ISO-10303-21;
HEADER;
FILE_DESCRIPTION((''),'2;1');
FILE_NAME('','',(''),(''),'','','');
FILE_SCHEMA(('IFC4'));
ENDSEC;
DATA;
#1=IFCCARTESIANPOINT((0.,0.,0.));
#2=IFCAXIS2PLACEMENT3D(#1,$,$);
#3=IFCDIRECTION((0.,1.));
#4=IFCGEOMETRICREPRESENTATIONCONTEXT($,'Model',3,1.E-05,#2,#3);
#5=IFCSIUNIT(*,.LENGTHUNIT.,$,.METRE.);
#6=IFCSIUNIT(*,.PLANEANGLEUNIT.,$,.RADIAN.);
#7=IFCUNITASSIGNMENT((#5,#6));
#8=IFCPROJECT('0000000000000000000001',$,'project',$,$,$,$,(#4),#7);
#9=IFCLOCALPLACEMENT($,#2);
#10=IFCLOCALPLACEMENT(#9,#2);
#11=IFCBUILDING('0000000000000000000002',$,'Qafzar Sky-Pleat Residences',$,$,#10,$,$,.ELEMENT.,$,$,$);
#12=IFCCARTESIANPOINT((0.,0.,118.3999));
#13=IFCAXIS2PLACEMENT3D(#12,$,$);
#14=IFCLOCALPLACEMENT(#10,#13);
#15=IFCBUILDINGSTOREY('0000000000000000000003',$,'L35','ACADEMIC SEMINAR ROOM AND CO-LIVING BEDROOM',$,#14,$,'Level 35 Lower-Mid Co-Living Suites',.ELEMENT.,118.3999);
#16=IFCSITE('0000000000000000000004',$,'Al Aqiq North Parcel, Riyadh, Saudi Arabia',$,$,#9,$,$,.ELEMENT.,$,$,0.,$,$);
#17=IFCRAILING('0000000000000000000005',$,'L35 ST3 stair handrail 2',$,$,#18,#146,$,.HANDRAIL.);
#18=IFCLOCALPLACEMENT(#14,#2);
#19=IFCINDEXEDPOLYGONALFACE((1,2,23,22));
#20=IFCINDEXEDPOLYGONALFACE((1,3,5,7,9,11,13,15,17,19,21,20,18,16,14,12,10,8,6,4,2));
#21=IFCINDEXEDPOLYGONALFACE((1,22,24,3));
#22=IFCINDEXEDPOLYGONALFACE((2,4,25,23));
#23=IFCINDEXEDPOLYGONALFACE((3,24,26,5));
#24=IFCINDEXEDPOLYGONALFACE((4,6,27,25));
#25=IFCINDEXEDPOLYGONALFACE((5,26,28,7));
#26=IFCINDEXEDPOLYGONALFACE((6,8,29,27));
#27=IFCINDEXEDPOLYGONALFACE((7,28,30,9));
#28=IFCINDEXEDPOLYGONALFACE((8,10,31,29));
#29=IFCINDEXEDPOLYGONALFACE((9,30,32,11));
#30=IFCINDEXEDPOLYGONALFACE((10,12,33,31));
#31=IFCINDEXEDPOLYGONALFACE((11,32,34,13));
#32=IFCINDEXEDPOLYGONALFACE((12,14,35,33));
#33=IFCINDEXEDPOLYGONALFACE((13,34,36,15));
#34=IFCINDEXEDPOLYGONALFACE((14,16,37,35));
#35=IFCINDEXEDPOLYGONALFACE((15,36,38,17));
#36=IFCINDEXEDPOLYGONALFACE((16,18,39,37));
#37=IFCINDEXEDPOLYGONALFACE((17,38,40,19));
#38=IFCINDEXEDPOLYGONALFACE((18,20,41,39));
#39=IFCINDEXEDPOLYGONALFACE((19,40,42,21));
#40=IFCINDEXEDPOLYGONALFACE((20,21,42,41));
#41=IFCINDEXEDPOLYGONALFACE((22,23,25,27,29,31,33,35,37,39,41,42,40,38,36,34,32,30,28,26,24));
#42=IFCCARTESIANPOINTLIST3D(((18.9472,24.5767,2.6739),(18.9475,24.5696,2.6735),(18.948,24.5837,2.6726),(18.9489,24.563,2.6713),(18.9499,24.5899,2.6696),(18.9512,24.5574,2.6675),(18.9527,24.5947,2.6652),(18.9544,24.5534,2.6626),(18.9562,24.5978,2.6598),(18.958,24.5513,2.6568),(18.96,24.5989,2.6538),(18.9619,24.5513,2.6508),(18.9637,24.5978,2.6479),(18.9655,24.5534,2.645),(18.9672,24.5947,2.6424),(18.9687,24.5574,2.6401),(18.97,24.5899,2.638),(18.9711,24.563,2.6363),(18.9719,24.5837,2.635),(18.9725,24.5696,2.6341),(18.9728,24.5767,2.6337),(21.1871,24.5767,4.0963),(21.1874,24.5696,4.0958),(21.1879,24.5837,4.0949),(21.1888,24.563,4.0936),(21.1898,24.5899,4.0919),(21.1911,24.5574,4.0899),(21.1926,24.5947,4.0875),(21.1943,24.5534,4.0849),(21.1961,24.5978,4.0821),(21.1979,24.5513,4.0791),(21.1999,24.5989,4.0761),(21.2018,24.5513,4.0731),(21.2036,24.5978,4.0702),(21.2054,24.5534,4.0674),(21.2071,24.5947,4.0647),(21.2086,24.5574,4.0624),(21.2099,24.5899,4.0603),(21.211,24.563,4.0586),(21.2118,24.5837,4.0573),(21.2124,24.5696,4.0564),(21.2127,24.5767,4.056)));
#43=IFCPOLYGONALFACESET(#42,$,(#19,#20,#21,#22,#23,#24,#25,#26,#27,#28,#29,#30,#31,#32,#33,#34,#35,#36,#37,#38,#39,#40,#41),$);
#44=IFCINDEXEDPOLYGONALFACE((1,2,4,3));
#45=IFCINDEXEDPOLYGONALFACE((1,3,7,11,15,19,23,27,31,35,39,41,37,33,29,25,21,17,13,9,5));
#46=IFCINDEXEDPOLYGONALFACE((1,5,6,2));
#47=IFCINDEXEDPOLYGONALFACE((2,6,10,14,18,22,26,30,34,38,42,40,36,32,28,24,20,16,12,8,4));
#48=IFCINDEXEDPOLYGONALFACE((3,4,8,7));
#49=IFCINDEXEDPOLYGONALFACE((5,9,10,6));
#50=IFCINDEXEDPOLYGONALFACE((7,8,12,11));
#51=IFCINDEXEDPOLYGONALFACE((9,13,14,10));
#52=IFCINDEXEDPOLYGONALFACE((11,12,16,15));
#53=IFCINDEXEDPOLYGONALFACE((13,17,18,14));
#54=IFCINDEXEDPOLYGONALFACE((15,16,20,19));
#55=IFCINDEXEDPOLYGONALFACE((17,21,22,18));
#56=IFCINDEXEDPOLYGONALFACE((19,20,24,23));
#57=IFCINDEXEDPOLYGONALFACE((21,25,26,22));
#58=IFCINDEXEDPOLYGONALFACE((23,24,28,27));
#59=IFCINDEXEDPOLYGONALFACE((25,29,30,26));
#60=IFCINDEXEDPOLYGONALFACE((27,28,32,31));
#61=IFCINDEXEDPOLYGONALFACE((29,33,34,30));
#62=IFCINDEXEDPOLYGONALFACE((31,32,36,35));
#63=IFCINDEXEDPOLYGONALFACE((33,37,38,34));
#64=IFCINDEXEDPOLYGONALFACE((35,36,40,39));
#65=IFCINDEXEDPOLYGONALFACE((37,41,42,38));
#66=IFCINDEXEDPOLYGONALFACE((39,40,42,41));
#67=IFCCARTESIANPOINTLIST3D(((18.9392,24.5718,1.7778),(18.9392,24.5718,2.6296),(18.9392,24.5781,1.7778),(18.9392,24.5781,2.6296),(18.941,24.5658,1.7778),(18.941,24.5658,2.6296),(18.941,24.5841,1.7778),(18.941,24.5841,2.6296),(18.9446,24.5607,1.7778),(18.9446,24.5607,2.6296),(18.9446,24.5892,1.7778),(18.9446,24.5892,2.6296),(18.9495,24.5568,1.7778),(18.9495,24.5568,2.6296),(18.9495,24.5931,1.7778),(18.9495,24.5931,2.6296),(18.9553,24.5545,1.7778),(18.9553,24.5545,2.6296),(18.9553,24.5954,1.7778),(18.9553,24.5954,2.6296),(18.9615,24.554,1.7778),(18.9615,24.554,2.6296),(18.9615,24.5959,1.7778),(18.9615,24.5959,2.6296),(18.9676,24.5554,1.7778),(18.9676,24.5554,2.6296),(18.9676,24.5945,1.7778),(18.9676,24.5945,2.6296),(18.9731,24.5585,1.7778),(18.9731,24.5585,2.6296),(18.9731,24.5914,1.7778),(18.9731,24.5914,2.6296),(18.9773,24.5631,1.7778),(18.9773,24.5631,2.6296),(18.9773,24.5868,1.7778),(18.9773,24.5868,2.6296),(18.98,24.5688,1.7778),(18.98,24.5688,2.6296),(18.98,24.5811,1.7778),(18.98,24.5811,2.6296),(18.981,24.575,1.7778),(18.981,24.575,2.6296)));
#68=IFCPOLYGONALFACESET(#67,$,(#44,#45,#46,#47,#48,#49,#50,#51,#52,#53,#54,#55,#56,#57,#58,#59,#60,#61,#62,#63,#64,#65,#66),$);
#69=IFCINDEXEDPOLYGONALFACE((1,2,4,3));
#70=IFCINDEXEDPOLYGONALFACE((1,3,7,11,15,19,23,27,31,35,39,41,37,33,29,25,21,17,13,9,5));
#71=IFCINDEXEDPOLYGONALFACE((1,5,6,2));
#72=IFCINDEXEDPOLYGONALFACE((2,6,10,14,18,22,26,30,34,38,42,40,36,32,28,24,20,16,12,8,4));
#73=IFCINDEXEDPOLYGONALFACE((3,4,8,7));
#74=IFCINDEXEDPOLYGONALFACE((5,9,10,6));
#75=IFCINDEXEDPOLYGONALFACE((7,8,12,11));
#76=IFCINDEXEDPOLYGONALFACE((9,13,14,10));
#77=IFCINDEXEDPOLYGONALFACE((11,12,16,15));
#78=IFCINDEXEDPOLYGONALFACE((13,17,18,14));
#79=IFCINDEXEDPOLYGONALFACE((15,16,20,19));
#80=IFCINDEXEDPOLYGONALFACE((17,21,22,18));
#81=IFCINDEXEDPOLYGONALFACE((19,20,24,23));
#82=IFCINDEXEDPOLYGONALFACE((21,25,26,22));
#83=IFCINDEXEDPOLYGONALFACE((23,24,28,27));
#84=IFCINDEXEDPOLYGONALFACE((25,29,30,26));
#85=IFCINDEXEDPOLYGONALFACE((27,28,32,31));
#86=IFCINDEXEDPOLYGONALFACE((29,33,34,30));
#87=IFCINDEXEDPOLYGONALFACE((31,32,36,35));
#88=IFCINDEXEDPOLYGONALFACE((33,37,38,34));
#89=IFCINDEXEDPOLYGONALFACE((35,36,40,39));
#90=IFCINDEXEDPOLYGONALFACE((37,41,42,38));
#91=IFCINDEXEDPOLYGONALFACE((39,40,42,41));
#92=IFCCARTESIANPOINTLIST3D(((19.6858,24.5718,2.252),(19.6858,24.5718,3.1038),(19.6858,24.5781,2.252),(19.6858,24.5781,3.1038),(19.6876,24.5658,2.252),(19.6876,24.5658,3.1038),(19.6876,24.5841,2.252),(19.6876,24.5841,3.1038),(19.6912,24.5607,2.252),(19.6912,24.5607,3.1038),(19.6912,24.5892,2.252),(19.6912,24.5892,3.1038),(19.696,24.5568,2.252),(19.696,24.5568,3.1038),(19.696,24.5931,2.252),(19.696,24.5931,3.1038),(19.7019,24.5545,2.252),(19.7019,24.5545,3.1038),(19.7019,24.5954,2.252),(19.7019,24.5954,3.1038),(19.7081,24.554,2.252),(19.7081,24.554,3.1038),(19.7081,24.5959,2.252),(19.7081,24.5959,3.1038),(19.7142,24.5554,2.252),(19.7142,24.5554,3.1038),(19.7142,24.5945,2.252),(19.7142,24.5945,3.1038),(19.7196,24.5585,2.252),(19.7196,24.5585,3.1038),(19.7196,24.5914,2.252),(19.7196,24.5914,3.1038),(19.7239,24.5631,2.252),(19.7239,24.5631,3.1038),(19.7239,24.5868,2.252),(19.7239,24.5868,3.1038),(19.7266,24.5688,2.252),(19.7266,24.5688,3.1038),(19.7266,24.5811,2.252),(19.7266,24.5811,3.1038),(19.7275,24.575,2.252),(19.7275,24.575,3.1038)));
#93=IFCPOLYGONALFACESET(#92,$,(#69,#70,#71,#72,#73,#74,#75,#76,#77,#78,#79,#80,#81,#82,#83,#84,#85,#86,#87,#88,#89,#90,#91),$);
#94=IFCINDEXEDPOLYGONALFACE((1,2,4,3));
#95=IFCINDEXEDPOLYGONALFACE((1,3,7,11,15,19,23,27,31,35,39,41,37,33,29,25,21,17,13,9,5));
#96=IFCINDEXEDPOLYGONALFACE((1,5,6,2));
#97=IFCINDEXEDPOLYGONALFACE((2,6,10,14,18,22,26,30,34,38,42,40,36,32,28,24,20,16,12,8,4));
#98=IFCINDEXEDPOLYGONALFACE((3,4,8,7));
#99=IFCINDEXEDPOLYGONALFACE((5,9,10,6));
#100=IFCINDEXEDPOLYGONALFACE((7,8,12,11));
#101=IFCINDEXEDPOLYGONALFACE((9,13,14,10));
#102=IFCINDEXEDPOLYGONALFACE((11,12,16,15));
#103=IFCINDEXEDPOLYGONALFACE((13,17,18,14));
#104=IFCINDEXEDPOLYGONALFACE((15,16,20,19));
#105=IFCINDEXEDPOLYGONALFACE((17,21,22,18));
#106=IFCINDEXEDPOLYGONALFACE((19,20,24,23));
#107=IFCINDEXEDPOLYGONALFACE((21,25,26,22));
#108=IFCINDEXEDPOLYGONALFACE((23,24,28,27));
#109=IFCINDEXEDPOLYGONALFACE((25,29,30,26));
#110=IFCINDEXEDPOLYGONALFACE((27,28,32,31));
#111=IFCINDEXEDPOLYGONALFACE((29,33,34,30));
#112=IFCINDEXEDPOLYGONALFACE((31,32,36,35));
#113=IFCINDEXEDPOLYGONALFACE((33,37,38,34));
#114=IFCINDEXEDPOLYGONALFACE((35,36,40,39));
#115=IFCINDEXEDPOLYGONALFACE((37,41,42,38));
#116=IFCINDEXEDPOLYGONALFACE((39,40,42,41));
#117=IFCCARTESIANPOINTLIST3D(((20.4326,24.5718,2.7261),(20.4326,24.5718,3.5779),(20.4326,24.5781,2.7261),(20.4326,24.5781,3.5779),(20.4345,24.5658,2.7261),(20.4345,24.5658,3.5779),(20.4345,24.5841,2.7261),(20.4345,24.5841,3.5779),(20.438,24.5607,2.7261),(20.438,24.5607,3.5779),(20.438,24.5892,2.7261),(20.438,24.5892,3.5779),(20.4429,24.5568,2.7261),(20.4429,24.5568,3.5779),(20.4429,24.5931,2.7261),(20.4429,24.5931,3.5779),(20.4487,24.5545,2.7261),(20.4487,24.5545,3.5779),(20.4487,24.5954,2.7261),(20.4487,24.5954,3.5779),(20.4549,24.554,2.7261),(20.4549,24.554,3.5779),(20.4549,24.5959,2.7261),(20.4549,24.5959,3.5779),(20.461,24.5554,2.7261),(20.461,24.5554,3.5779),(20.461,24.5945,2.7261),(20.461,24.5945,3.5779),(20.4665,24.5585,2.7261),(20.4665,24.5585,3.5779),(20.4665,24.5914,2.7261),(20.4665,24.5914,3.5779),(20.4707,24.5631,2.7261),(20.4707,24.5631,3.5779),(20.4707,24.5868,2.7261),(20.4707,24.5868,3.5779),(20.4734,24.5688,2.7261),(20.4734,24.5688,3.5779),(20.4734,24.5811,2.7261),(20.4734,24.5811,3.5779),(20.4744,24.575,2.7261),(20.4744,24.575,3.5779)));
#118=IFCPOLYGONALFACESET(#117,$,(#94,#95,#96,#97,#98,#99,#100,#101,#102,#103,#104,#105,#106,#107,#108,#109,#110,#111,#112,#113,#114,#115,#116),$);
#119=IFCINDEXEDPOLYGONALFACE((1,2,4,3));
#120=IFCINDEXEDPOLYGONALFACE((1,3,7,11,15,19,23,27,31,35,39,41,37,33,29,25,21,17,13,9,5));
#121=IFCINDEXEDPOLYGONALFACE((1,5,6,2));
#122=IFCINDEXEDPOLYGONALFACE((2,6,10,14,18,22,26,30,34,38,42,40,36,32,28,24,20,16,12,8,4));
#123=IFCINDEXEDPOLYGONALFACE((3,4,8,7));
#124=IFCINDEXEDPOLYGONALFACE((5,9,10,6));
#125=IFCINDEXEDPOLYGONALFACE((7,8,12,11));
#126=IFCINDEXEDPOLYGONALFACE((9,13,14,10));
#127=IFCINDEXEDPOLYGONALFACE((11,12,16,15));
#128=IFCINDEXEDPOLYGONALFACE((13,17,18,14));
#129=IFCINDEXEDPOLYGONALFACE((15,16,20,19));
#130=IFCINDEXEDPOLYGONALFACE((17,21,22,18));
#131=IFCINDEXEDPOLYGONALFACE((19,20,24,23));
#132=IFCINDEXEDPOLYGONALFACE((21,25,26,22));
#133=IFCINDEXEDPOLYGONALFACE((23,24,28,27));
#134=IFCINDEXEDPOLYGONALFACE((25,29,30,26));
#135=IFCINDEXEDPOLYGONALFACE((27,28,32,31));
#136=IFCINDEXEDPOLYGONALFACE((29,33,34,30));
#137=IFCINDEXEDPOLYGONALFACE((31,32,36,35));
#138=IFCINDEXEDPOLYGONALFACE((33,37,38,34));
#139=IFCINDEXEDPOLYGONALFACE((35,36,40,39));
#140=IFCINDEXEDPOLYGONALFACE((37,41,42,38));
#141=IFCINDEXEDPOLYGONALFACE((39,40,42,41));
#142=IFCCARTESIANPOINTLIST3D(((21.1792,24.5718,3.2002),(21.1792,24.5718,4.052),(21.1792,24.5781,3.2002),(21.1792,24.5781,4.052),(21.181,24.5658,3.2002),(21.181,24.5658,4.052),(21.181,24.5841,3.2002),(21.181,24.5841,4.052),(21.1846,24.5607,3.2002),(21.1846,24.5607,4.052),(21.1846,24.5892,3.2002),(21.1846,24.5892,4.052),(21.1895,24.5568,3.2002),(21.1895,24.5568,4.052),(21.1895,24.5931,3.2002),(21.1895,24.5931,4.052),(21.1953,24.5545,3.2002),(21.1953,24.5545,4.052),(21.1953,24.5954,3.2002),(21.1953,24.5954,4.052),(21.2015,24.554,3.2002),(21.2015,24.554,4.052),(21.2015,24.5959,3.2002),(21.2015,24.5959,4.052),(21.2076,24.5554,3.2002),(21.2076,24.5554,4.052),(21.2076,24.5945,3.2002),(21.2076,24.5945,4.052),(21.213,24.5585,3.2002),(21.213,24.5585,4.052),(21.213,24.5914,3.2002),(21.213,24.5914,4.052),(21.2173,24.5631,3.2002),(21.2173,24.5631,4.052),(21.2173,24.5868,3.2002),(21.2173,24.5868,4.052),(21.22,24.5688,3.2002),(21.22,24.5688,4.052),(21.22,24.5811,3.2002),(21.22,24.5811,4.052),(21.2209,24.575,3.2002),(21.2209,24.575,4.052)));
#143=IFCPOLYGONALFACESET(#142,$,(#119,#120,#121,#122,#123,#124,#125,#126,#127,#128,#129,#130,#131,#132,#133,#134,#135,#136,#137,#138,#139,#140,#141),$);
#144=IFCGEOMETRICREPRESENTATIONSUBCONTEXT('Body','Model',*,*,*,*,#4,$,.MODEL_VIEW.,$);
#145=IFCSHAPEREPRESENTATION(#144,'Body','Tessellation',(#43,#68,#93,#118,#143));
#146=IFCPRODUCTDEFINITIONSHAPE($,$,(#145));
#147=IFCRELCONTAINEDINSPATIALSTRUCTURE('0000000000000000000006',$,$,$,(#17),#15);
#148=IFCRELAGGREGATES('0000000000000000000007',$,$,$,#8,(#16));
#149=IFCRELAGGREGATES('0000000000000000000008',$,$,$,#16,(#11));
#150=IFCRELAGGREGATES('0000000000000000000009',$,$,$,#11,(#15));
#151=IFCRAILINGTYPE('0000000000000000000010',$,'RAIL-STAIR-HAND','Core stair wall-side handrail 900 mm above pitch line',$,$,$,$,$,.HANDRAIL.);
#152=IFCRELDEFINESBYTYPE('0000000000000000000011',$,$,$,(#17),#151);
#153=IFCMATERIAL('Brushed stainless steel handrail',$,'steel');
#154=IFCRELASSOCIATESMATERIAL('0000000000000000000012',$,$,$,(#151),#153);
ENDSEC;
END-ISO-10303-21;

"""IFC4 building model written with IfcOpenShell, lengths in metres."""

from ifc_helpers import new_model, si_unit, direction, frame, origin, origin_2d, place, context, subcontext, project, spatial, circle, extrude, source, transform, mapped, material, type_object, element, save


model = new_model("IFC4")

# Units and contexts
model_context = context("Model", 3, precision=1e-05, world=origin(), true_north=direction((0.0, 1.0)))
body_context = subcontext(model_context, "Body", "Model", "MODEL_VIEW")
ifc_project = project(units=[si_unit("LENGTHUNIT", "METRE"), si_unit("PLANEANGLEUNIT", "RADIAN")], contexts=[model_context])

# Site, building, storey
site_placement = place(None, origin())
site = spatial("IfcSite", under=ifc_project, at=site_placement, Name="Al Aqiq North Parcel, Riyadh, Saudi Arabia", CompositionType="ELEMENT", RefElevation=0.0)
building_placement = place(site_placement, origin())
building = spatial("IfcBuilding", under=site, at=building_placement, Name="Qafzar Sky-Pleat Residences", CompositionType="ELEMENT")
storey_placement = place(building_placement, frame((0.0, 0.0, 118.3999)))
storey = spatial("IfcBuildingStorey", under=building, at=storey_placement, Name="L35", Description="ACADEMIC SEMINAR ROOM AND CO-LIVING BEDROOM", LongName="Level 35 Lower-Mid Co-Living Suites", CompositionType="ELEMENT", Elevation=118.3999)

# Railing
ifc_material_1 = material(Name="Brushed stainless steel handrail", Category="steel")
railing_type_1 = type_object("IfcRailingType", Name="RAIL-STAIR-HAND", Description="Core stair wall-side handrail 900 mm above pitch line", PredefinedType="HANDRAIL", material=ifc_material_1)
shared_shape_1 = source(origin(), body_context, "Body", "SweptSolid", [
    extrude(circle(Radius=0.0239, at=origin_2d()), frame((0.0, 0.0, 0.876), z_axis=(0.844188, 0.0, 0.536048), x_axis=(0.0, 1.0, 0.0)), (0.0, 0.0, 1.0), 2.6533),
    extrude(circle(Radius=0.021, at=origin_2d()), origin(), (0.0, 0.0, 1.0), 0.8518),
    extrude(circle(Radius=0.021, at=origin_2d()), frame((0.7466, 0.0, 0.4741)), (0.0, 0.0, 1.0), 0.8518),
    extrude(circle(Radius=0.021, at=origin_2d()), frame((1.4934, 0.0, 0.9482)), (0.0, 0.0, 1.0), 0.8518),
    extrude(circle(Radius=0.021, at=origin_2d()), frame((2.24, 0.0, 1.4224)), (0.0, 0.0, 1.0), 0.8518),
])
for number, where, name in (
    (1, (18.96, 24.575, 1.7778), "L35 ST3 stair handrail 2"),
):
    element("IfcRailing", number, at=place(storey_placement, frame(where)), inside=storey, type_object=railing_type_1, Name=name, PredefinedType="HANDRAIL", context=body_context, shape_type="MappedRepresentation", body=[
        mapped(shared_shape_1, transform((0.0, 0.0, 0.0), x_axis=(1.0, 0.0, 0.0), y_axis=(0.0, 1.0, 0.0), z_axis=(0.0, 0.0, 1.0), scale=1.0)),
    ])

save(model, "model.ifc")
